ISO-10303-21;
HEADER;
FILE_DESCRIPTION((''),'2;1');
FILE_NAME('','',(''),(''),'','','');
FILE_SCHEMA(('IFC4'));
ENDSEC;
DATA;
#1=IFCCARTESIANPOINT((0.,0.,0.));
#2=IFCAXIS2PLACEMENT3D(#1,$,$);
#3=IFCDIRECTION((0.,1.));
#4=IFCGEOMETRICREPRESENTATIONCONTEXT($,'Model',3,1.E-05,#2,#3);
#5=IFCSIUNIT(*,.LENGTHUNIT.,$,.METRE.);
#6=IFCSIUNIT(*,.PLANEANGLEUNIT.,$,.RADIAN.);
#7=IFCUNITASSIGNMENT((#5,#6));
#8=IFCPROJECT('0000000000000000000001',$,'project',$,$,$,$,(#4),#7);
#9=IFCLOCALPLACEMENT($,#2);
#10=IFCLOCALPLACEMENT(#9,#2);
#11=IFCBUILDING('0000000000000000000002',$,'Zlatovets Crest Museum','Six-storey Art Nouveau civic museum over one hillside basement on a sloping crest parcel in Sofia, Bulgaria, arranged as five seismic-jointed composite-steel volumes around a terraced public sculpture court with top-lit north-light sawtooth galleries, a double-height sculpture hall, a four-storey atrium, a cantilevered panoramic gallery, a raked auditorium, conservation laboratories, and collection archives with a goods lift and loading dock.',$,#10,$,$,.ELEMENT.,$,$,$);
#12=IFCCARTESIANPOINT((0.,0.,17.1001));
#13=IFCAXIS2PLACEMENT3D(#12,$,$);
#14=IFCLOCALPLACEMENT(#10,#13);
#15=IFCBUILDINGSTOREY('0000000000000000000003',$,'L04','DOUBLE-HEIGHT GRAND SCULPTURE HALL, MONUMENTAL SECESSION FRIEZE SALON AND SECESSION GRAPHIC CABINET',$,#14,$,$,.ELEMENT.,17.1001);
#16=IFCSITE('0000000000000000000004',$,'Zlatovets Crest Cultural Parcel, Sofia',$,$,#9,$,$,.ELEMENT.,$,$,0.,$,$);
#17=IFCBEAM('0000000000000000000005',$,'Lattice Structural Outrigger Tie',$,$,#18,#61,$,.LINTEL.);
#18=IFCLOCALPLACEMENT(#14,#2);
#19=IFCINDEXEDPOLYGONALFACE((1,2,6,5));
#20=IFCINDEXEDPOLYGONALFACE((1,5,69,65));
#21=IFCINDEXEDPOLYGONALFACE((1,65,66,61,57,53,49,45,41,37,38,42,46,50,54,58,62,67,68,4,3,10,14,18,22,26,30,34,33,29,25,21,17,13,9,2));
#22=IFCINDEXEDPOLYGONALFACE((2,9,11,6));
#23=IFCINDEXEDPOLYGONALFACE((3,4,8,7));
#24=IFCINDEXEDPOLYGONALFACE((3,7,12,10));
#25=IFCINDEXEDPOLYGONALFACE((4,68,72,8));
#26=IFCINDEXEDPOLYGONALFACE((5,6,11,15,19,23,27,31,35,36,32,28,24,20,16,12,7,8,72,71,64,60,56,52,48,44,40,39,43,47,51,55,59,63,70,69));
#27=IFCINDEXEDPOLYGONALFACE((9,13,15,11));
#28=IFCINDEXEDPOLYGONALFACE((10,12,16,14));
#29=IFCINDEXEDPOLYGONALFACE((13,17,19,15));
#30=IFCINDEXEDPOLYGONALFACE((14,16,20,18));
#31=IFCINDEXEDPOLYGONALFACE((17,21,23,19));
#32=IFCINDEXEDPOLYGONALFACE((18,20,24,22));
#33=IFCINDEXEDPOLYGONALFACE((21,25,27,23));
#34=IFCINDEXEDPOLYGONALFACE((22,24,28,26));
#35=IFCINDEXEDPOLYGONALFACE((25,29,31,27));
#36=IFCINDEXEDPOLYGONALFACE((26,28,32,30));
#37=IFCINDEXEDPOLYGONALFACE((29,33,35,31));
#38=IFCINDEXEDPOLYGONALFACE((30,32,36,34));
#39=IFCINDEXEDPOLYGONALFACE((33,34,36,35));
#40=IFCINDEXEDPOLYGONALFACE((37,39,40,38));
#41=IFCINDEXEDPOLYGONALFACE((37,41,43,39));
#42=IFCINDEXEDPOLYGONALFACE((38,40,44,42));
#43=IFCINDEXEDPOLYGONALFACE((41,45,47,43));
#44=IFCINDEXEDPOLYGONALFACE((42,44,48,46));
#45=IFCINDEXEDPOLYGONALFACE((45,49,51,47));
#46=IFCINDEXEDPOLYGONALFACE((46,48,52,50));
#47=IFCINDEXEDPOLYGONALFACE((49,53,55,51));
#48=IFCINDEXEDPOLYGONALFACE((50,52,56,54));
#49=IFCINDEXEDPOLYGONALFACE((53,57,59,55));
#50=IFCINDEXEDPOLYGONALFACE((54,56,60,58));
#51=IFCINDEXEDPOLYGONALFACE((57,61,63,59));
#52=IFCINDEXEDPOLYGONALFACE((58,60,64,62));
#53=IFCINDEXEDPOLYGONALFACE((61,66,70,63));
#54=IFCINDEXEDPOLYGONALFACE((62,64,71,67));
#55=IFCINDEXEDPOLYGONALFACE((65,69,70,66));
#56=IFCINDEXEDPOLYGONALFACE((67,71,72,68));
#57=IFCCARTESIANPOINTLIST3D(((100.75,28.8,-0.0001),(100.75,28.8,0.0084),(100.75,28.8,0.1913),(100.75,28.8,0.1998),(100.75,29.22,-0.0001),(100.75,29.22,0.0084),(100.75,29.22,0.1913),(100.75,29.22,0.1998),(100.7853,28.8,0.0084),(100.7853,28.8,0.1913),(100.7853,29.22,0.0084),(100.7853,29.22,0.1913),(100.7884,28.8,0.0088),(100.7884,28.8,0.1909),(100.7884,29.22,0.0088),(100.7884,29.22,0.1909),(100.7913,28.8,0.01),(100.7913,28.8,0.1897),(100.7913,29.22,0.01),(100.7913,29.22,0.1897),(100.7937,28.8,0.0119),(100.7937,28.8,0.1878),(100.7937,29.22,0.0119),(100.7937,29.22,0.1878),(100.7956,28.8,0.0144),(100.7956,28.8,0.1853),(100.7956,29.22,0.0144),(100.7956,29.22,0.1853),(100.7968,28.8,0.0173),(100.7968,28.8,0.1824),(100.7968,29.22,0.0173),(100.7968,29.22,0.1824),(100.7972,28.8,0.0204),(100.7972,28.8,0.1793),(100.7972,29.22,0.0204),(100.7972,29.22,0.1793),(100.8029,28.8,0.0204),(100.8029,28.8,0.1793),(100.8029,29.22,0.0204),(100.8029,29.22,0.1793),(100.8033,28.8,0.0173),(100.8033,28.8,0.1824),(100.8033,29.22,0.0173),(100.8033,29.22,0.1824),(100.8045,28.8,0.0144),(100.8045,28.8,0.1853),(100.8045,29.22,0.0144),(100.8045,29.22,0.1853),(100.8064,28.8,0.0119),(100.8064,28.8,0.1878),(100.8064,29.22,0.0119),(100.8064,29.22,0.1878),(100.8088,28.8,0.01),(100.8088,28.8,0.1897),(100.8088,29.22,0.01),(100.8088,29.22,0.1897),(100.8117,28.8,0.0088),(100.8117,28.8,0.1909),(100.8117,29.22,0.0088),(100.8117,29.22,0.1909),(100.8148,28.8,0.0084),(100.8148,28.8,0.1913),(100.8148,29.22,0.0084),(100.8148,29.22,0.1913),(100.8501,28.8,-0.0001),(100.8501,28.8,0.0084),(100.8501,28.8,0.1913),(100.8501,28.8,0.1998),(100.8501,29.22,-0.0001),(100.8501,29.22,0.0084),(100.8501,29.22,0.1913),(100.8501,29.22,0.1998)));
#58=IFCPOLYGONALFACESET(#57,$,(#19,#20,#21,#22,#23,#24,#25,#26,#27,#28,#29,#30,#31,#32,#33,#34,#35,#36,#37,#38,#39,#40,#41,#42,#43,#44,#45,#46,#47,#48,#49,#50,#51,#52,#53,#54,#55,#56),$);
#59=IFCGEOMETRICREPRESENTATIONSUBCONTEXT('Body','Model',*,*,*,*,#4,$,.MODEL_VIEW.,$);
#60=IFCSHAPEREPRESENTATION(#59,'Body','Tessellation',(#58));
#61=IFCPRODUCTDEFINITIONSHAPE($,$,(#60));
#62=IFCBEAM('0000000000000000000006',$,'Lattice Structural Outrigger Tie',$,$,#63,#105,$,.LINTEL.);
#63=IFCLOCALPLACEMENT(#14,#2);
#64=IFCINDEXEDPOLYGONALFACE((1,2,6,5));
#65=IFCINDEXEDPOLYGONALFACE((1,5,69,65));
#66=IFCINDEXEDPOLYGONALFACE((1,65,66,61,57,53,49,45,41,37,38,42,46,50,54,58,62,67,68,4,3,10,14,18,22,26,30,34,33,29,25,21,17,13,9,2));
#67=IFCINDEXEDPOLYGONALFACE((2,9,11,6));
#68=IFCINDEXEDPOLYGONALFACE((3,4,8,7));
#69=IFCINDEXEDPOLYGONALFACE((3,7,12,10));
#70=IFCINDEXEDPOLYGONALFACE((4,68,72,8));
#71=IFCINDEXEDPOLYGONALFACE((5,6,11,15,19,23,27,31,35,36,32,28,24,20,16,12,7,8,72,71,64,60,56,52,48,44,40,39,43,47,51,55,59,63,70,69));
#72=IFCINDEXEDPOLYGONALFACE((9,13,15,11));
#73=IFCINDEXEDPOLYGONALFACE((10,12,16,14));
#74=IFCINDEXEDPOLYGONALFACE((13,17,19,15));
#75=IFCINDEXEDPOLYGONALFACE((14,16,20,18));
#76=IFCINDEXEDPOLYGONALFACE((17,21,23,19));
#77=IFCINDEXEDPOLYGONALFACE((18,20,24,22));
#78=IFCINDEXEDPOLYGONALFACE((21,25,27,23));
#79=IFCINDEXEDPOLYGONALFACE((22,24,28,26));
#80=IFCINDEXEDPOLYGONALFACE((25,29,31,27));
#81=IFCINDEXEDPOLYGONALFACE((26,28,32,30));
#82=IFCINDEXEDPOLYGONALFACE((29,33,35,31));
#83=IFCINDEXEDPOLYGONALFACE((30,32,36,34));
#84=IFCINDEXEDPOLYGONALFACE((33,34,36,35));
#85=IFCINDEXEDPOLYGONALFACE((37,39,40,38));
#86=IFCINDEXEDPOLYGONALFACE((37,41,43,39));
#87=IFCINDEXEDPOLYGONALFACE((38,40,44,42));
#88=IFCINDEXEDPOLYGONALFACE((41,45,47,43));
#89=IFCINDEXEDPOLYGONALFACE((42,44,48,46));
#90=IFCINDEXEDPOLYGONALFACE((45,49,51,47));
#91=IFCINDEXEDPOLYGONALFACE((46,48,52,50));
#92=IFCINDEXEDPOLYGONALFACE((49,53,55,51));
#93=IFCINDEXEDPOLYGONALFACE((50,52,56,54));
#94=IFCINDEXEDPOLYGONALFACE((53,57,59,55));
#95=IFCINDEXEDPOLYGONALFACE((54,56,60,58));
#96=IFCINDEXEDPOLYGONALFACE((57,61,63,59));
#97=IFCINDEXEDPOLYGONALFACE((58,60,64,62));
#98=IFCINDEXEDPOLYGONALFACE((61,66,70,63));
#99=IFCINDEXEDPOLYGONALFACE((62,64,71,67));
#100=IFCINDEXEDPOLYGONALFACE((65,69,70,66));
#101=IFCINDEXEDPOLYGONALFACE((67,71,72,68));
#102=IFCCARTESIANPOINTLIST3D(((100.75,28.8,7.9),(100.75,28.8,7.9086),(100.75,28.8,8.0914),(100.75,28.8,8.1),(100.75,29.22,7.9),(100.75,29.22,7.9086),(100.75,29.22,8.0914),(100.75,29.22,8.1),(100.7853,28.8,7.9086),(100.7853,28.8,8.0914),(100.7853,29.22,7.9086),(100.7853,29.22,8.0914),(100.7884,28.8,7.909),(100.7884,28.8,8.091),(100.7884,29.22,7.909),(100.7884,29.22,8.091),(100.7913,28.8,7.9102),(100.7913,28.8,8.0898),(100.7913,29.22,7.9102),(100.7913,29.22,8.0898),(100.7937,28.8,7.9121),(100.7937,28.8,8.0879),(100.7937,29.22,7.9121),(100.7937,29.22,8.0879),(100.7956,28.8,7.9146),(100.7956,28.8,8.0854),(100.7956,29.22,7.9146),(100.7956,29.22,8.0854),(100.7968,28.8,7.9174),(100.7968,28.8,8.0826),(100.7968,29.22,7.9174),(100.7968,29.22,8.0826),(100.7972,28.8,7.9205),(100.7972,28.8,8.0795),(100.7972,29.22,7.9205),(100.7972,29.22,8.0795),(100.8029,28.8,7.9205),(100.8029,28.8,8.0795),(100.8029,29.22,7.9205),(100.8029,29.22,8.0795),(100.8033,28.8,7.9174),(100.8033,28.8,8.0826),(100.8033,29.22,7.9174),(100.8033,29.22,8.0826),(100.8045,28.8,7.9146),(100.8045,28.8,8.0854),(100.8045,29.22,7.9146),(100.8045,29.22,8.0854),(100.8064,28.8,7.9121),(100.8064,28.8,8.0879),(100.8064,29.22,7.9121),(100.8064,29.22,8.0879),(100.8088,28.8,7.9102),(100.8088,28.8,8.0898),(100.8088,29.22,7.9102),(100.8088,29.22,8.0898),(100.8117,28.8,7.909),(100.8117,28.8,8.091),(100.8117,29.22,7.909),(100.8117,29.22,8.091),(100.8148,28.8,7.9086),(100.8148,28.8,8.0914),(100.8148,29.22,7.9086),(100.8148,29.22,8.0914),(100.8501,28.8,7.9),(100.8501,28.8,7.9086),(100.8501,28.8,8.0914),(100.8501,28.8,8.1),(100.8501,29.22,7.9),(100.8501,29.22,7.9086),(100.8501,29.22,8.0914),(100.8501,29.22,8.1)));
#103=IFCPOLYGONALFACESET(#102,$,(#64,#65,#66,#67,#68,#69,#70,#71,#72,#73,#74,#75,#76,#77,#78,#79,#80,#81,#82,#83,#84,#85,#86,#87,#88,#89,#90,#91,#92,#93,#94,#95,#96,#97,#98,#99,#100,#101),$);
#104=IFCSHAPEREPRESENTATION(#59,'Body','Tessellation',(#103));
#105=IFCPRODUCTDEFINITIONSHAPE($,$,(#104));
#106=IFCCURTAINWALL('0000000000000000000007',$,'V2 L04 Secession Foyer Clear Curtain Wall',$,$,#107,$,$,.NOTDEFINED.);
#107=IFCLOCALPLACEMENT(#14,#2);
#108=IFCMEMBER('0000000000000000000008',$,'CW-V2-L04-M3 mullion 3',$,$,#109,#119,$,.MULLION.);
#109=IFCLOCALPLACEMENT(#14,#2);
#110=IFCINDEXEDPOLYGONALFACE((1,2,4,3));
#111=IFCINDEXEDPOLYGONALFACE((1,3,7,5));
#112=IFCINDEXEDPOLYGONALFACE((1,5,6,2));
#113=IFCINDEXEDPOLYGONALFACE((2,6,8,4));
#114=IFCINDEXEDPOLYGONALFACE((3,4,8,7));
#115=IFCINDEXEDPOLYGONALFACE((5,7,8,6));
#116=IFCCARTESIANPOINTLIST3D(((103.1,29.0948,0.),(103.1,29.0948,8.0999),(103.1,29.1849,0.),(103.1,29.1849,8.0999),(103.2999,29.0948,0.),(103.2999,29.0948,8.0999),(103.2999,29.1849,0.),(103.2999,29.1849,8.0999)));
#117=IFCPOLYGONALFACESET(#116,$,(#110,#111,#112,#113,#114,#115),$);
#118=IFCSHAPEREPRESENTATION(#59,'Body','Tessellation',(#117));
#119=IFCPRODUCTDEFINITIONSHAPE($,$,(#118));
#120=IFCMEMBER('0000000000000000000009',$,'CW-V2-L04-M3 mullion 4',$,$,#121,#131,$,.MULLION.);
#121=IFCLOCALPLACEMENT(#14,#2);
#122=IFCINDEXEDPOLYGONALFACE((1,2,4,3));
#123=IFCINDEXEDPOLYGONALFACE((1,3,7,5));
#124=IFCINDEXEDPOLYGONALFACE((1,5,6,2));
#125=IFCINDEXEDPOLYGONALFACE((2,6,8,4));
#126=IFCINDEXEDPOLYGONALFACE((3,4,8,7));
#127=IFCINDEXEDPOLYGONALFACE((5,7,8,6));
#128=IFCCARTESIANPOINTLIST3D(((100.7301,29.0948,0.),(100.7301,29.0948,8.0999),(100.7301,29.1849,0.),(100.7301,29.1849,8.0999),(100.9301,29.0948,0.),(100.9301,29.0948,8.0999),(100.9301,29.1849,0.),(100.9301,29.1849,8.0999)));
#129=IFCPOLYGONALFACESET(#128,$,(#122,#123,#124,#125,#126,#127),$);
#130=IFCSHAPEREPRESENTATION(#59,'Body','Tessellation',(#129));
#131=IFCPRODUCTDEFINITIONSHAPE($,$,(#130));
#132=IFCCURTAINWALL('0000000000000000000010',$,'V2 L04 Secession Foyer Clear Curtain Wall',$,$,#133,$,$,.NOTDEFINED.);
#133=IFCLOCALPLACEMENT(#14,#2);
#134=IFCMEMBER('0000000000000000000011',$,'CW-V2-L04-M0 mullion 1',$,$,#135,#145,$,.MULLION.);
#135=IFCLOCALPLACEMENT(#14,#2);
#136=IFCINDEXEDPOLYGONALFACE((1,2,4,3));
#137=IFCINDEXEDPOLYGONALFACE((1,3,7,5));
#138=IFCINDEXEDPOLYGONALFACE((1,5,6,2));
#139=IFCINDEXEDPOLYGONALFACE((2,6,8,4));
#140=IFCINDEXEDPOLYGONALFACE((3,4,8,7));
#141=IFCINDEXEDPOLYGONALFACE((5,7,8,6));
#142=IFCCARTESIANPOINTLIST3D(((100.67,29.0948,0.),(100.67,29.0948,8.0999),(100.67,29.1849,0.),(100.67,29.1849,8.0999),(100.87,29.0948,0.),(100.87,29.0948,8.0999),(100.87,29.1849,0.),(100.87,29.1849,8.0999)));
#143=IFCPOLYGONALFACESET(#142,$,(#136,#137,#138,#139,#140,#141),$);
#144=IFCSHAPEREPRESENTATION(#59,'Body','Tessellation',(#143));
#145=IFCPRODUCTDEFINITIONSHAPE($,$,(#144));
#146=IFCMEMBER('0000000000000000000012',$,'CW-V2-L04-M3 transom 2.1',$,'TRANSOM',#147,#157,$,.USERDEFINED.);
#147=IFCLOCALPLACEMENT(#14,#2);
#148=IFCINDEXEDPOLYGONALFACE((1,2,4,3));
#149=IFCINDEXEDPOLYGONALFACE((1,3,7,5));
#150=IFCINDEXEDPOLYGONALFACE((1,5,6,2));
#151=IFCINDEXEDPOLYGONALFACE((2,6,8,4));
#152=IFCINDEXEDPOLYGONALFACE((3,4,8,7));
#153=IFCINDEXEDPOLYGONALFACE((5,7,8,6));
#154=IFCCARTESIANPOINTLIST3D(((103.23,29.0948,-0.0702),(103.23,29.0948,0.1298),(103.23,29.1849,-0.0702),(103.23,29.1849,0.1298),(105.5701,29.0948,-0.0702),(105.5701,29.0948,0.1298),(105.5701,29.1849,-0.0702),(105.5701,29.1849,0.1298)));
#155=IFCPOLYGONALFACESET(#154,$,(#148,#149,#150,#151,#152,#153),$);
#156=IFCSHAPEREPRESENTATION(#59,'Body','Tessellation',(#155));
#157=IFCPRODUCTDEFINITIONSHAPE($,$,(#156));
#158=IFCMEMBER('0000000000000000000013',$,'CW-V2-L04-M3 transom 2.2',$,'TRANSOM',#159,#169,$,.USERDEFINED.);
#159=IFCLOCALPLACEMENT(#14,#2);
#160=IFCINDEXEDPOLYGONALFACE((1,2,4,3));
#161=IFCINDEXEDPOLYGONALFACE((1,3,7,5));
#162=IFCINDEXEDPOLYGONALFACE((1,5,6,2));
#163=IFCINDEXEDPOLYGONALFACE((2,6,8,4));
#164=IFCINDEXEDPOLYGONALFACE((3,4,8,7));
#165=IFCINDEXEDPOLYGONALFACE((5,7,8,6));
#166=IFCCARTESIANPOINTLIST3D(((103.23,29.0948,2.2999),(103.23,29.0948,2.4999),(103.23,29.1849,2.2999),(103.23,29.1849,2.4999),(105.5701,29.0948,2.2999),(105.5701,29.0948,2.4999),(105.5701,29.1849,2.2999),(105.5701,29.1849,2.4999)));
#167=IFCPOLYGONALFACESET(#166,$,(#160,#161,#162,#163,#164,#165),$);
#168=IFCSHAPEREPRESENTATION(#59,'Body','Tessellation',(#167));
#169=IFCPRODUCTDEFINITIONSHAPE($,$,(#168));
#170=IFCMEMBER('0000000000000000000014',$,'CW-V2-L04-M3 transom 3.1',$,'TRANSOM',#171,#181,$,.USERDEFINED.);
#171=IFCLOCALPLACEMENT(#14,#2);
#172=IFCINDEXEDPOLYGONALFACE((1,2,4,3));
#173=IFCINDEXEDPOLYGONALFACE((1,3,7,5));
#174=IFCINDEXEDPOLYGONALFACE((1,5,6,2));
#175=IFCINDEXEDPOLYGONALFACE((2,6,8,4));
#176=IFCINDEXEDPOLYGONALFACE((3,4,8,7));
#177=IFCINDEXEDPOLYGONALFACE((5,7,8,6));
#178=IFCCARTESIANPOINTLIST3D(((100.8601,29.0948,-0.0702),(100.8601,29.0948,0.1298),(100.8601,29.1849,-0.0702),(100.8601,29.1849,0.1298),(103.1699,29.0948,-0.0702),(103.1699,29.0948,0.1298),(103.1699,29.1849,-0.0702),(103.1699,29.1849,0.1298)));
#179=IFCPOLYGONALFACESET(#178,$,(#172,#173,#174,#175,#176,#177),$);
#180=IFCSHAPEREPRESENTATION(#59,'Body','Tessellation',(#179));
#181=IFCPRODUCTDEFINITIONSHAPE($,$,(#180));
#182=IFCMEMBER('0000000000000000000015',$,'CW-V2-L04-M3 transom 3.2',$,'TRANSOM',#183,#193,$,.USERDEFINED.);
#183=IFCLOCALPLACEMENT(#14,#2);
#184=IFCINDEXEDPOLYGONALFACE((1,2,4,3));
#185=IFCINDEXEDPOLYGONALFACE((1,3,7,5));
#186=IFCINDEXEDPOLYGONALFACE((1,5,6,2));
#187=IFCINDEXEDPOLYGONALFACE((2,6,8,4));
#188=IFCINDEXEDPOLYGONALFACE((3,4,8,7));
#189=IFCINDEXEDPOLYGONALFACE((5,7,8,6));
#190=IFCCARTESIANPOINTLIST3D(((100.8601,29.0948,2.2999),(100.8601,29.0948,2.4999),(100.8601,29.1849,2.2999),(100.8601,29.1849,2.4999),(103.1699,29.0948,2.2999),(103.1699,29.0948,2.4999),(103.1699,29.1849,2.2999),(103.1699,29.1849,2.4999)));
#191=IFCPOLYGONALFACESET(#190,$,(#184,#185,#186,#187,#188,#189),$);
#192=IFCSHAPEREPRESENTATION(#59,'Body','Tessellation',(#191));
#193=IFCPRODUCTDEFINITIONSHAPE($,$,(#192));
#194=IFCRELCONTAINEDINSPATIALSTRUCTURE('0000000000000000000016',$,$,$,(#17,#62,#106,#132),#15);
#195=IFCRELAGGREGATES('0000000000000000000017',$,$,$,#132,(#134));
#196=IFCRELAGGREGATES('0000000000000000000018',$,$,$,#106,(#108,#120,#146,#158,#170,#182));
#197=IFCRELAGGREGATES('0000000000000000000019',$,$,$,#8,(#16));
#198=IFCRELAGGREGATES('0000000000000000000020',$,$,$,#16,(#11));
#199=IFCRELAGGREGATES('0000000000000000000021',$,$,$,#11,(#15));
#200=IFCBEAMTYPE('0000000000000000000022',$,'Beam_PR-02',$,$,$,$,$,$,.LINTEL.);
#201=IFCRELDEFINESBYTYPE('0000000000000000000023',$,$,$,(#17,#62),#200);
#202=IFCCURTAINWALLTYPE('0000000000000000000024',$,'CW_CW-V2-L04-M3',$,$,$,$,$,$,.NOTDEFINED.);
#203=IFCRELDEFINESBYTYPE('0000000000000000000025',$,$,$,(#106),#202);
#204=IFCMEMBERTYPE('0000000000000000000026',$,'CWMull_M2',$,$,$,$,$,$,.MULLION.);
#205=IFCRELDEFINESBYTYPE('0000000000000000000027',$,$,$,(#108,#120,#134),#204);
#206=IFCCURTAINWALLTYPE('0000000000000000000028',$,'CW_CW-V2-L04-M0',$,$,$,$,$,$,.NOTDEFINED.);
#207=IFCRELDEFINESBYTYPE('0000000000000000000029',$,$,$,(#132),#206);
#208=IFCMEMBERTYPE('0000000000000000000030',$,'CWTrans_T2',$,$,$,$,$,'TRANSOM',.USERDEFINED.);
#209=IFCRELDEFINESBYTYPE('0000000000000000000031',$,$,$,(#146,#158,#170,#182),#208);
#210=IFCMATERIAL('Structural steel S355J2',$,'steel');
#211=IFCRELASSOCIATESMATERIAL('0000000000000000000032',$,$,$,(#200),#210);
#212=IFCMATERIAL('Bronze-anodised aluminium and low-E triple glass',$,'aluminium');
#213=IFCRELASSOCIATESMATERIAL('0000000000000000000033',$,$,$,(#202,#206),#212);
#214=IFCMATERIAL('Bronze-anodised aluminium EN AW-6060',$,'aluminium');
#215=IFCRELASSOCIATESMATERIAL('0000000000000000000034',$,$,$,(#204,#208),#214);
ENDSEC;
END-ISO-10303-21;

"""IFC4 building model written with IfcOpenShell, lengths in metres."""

from ifc_helpers import new_model, si_unit, direction, frame, origin, origin_2d, place, context, subcontext, project, spatial, rectangle, i_section, extrude, material, material_profile, profile_set, type_object, element, aggregate, save


model = new_model("IFC4")

# Units and contexts
model_context = context("Model", 3, precision=1e-05, world=origin(), true_north=direction((0.0, 1.0)))
body_context = subcontext(model_context, "Body", "Model", "MODEL_VIEW")
ifc_project = project(units=[si_unit("LENGTHUNIT", "METRE"), si_unit("PLANEANGLEUNIT", "RADIAN")], contexts=[model_context])

# Site, building, storey
site_placement = place(None, origin())
site = spatial("IfcSite", under=ifc_project, at=site_placement, Name="Zlatovets Crest Cultural Parcel, Sofia", CompositionType="ELEMENT", RefElevation=0.0)
building_placement = place(site_placement, origin())
building = spatial("IfcBuilding", under=site, at=building_placement, Name="Zlatovets Crest Museum", Description="Six-storey Art Nouveau civic museum over one hillside basement on a sloping crest parcel in Sofia, Bulgaria, arranged as five seismic-jointed composite-steel volumes around a terraced public sculpture court with top-lit north-light sawtooth galleries, a double-height sculpture hall, a four-storey atrium, a cantilevered panoramic gallery, a raked auditorium, conservation laboratories, and collection archives with a goods lift and loading dock.", CompositionType="ELEMENT")
storey_placement = place(building_placement, frame((0.0, 0.0, 17.1001)))
storey = spatial("IfcBuildingStorey", under=building, at=storey_placement, Name="L04", Description="DOUBLE-HEIGHT GRAND SCULPTURE HALL, MONUMENTAL SECESSION FRIEZE SALON AND SECESSION GRAPHIC CABINET", CompositionType="ELEMENT", Elevation=17.1001)

# Shared definitions
ifc_material_1 = material(Name="Structural steel S355J2", Category="steel")

# Beams
ifc_material_profile_1 = material_profile(ifc_material_1, i_section(OverallWidth=0.1001, OverallDepth=0.2, WebThickness=0.0056, FlangeThickness=0.0085, FilletRadius=0.012, at=origin_2d()), Name="IPE 200")
ifc_profile_set_1 = profile_set([ifc_material_profile_1], Name="Structural steel S355J2")
beam_type_1 = type_object("IfcBeamType", Name="Beam_PR-02", PredefinedType="LINTEL", material=ifc_profile_set_1)
for number, where, z_axis, x_axis, name in (
    (1, (100.8, 28.8, 0.0999), (0.0, 1.0, 0.0), (-1.0, 0.0, 0.0), "Lattice Structural Outrigger Tie"),
    (2, (100.8, 28.8, 8.0), (0.0, 1.0, 0.0), (-1.0, 0.0, 0.0), "Lattice Structural Outrigger Tie"),
):
    element("IfcBeam", number, at=place(storey_placement, frame(where, z_axis=z_axis, x_axis=x_axis)), inside=storey, type_object=beam_type_1, Name=name, PredefinedType="LINTEL", context=body_context, shape_type="SweptSolid", body=[
        extrude(i_section(OverallWidth=0.1001, OverallDepth=0.2, WebThickness=0.0056, FlangeThickness=0.0085, FilletRadius=0.012, at=origin_2d()), origin(), (0.0, 0.0, 1.0), 0.4199),
    ])

# Curtain wall, members
ifc_material_2 = material(Name="Bronze-anodised aluminium and low-E triple glass", Category="aluminium")
curtain_wall_type_1 = type_object("IfcCurtainWallType", Name="CW_CW-V2-L04-M3", PredefinedType="NOTDEFINED", material=ifc_material_2)
curtain_wall_1_placement = place(storey_placement, origin())
curtain_wall_1 = element("IfcCurtainWall", 3, at=curtain_wall_1_placement, inside=storey, type_object=curtain_wall_type_1, Name="V2 L04 Secession Foyer Clear Curtain Wall", PredefinedType="NOTDEFINED")
ifc_material_3 = material(Name="Bronze-anodised aluminium EN AW-6060", Category="aluminium")
ifc_material_profile_2 = material_profile(ifc_material_3, rectangle(XDim=0.0901, YDim=0.2, at=origin_2d()), Name="ALU 90x200")
ifc_profile_set_2 = profile_set([ifc_material_profile_2], Name="Bronze-anodised aluminium EN AW-6060")
member_type_1 = type_object("IfcMemberType", Name="CWMull_M2", PredefinedType="MULLION", material=ifc_profile_set_2)
member_1_placement = place(storey_placement, frame((103.2, 29.1399, 0.0), z_axis=(0.0, 0.0, 1.0), x_axis=(0.0, -1.0, 0.0)))
member_1 = element("IfcMember", 4, at=member_1_placement, type_object=member_type_1, Name="CW-V2-L04-M3 mullion 3", PredefinedType="MULLION", context=body_context, shape_type="SweptSolid", body=[
    extrude(rectangle(XDim=0.0901, YDim=0.2, at=origin_2d()), origin(), (0.0, 0.0, 1.0), 8.0999),
])
member_2_placement = place(storey_placement, frame((100.8301, 29.1399, 0.0), z_axis=(0.0, 0.0, 1.0), x_axis=(0.0, -1.0, 0.0)))
member_2 = element("IfcMember", 5, at=member_2_placement, type_object=member_type_1, Name="CW-V2-L04-M3 mullion 4", PredefinedType="MULLION", context=body_context, shape_type="SweptSolid", body=[
    extrude(rectangle(XDim=0.0901, YDim=0.2, at=origin_2d()), origin(), (0.0, 0.0, 1.0), 8.0999),
])

# Curtain wall, member
curtain_wall_type_2 = type_object("IfcCurtainWallType", Name="CW_CW-V2-L04-M0", PredefinedType="NOTDEFINED", material=ifc_material_2)
curtain_wall_2_placement = place(storey_placement, origin())
curtain_wall_2 = element("IfcCurtainWall", 6, at=curtain_wall_2_placement, inside=storey, type_object=curtain_wall_type_2, Name="V2 L04 Secession Foyer Clear Curtain Wall", PredefinedType="NOTDEFINED")
member_3_placement = place(storey_placement, frame((100.77, 29.1399, 0.0), z_axis=(0.0, 0.0, 1.0), x_axis=(0.0, -1.0, 0.0)))
member_3 = element("IfcMember", 7, at=member_3_placement, type_object=member_type_1, Name="CW-V2-L04-M0 mullion 1", PredefinedType="MULLION", context=body_context, shape_type="SweptSolid", body=[
    extrude(rectangle(XDim=0.0901, YDim=0.2, at=origin_2d()), origin(), (0.0, 0.0, 1.0), 8.0999),
])

# Members
ifc_material_profile_3 = material_profile(ifc_material_3, rectangle(XDim=0.0901, YDim=0.2, at=origin_2d()), Name="ALU 90x200")
ifc_profile_set_3 = profile_set([ifc_material_profile_3], Name="Bronze-anodised aluminium EN AW-6060")
member_type_2 = type_object("IfcMemberType", Name="CWTrans_T2", ElementType="TRANSOM", PredefinedType="USERDEFINED", material=ifc_profile_set_3)
member_4_placement = place(storey_placement, frame((105.5701, 29.1399, 0.0298), z_axis=(-1.0, 0.0, 0.0), x_axis=(0.0, -1.0, 0.0)))
member_4 = element("IfcMember", 8, at=member_4_placement, type_object=member_type_2, Name="CW-V2-L04-M3 transom 2.1", ObjectType="TRANSOM", PredefinedType="USERDEFINED", context=body_context, shape_type="SweptSolid", body=[
    extrude(rectangle(XDim=0.0901, YDim=0.2, at=origin_2d()), origin(), (0.0, 0.0, 1.0), 2.3401),
])
member_5_placement = place(storey_placement, frame((105.5701, 29.1399, 2.3999), z_axis=(-1.0, 0.0, 0.0), x_axis=(0.0, -1.0, 0.0)))
member_5 = element("IfcMember", 9, at=member_5_placement, type_object=member_type_2, Name="CW-V2-L04-M3 transom 2.2", ObjectType="TRANSOM", PredefinedType="USERDEFINED", context=body_context, shape_type="SweptSolid", body=[
    extrude(rectangle(XDim=0.0901, YDim=0.2, at=origin_2d()), origin(), (0.0, 0.0, 1.0), 2.3401),
])
member_6_placement = place(storey_placement, frame((103.1699, 29.1399, 0.0298), z_axis=(-1.0, 0.0, 0.0), x_axis=(0.0, -1.0, 0.0)))
member_6 = element("IfcMember", 10, at=member_6_placement, type_object=member_type_2, Name="CW-V2-L04-M3 transom 3.1", ObjectType="TRANSOM", PredefinedType="USERDEFINED", context=body_context, shape_type="SweptSolid", body=[
    extrude(rectangle(XDim=0.0901, YDim=0.2, at=origin_2d()), origin(), (0.0, 0.0, 1.0), 2.3098),
])
member_7_placement = place(storey_placement, frame((103.1699, 29.1399, 2.3999), z_axis=(-1.0, 0.0, 0.0), x_axis=(0.0, -1.0, 0.0)))
member_7 = element("IfcMember", 11, at=member_7_placement, type_object=member_type_2, Name="CW-V2-L04-M3 transom 3.2", ObjectType="TRANSOM", PredefinedType="USERDEFINED", context=body_context, shape_type="SweptSolid", body=[
    extrude(rectangle(XDim=0.0901, YDim=0.2, at=origin_2d()), origin(), (0.0, 0.0, 1.0), 2.3098),
])

aggregate(curtain_wall_2, [member_3])
aggregate(curtain_wall_1, [member_1, member_2, member_4, member_5, member_6, member_7])

save(model, "model.ifc")
